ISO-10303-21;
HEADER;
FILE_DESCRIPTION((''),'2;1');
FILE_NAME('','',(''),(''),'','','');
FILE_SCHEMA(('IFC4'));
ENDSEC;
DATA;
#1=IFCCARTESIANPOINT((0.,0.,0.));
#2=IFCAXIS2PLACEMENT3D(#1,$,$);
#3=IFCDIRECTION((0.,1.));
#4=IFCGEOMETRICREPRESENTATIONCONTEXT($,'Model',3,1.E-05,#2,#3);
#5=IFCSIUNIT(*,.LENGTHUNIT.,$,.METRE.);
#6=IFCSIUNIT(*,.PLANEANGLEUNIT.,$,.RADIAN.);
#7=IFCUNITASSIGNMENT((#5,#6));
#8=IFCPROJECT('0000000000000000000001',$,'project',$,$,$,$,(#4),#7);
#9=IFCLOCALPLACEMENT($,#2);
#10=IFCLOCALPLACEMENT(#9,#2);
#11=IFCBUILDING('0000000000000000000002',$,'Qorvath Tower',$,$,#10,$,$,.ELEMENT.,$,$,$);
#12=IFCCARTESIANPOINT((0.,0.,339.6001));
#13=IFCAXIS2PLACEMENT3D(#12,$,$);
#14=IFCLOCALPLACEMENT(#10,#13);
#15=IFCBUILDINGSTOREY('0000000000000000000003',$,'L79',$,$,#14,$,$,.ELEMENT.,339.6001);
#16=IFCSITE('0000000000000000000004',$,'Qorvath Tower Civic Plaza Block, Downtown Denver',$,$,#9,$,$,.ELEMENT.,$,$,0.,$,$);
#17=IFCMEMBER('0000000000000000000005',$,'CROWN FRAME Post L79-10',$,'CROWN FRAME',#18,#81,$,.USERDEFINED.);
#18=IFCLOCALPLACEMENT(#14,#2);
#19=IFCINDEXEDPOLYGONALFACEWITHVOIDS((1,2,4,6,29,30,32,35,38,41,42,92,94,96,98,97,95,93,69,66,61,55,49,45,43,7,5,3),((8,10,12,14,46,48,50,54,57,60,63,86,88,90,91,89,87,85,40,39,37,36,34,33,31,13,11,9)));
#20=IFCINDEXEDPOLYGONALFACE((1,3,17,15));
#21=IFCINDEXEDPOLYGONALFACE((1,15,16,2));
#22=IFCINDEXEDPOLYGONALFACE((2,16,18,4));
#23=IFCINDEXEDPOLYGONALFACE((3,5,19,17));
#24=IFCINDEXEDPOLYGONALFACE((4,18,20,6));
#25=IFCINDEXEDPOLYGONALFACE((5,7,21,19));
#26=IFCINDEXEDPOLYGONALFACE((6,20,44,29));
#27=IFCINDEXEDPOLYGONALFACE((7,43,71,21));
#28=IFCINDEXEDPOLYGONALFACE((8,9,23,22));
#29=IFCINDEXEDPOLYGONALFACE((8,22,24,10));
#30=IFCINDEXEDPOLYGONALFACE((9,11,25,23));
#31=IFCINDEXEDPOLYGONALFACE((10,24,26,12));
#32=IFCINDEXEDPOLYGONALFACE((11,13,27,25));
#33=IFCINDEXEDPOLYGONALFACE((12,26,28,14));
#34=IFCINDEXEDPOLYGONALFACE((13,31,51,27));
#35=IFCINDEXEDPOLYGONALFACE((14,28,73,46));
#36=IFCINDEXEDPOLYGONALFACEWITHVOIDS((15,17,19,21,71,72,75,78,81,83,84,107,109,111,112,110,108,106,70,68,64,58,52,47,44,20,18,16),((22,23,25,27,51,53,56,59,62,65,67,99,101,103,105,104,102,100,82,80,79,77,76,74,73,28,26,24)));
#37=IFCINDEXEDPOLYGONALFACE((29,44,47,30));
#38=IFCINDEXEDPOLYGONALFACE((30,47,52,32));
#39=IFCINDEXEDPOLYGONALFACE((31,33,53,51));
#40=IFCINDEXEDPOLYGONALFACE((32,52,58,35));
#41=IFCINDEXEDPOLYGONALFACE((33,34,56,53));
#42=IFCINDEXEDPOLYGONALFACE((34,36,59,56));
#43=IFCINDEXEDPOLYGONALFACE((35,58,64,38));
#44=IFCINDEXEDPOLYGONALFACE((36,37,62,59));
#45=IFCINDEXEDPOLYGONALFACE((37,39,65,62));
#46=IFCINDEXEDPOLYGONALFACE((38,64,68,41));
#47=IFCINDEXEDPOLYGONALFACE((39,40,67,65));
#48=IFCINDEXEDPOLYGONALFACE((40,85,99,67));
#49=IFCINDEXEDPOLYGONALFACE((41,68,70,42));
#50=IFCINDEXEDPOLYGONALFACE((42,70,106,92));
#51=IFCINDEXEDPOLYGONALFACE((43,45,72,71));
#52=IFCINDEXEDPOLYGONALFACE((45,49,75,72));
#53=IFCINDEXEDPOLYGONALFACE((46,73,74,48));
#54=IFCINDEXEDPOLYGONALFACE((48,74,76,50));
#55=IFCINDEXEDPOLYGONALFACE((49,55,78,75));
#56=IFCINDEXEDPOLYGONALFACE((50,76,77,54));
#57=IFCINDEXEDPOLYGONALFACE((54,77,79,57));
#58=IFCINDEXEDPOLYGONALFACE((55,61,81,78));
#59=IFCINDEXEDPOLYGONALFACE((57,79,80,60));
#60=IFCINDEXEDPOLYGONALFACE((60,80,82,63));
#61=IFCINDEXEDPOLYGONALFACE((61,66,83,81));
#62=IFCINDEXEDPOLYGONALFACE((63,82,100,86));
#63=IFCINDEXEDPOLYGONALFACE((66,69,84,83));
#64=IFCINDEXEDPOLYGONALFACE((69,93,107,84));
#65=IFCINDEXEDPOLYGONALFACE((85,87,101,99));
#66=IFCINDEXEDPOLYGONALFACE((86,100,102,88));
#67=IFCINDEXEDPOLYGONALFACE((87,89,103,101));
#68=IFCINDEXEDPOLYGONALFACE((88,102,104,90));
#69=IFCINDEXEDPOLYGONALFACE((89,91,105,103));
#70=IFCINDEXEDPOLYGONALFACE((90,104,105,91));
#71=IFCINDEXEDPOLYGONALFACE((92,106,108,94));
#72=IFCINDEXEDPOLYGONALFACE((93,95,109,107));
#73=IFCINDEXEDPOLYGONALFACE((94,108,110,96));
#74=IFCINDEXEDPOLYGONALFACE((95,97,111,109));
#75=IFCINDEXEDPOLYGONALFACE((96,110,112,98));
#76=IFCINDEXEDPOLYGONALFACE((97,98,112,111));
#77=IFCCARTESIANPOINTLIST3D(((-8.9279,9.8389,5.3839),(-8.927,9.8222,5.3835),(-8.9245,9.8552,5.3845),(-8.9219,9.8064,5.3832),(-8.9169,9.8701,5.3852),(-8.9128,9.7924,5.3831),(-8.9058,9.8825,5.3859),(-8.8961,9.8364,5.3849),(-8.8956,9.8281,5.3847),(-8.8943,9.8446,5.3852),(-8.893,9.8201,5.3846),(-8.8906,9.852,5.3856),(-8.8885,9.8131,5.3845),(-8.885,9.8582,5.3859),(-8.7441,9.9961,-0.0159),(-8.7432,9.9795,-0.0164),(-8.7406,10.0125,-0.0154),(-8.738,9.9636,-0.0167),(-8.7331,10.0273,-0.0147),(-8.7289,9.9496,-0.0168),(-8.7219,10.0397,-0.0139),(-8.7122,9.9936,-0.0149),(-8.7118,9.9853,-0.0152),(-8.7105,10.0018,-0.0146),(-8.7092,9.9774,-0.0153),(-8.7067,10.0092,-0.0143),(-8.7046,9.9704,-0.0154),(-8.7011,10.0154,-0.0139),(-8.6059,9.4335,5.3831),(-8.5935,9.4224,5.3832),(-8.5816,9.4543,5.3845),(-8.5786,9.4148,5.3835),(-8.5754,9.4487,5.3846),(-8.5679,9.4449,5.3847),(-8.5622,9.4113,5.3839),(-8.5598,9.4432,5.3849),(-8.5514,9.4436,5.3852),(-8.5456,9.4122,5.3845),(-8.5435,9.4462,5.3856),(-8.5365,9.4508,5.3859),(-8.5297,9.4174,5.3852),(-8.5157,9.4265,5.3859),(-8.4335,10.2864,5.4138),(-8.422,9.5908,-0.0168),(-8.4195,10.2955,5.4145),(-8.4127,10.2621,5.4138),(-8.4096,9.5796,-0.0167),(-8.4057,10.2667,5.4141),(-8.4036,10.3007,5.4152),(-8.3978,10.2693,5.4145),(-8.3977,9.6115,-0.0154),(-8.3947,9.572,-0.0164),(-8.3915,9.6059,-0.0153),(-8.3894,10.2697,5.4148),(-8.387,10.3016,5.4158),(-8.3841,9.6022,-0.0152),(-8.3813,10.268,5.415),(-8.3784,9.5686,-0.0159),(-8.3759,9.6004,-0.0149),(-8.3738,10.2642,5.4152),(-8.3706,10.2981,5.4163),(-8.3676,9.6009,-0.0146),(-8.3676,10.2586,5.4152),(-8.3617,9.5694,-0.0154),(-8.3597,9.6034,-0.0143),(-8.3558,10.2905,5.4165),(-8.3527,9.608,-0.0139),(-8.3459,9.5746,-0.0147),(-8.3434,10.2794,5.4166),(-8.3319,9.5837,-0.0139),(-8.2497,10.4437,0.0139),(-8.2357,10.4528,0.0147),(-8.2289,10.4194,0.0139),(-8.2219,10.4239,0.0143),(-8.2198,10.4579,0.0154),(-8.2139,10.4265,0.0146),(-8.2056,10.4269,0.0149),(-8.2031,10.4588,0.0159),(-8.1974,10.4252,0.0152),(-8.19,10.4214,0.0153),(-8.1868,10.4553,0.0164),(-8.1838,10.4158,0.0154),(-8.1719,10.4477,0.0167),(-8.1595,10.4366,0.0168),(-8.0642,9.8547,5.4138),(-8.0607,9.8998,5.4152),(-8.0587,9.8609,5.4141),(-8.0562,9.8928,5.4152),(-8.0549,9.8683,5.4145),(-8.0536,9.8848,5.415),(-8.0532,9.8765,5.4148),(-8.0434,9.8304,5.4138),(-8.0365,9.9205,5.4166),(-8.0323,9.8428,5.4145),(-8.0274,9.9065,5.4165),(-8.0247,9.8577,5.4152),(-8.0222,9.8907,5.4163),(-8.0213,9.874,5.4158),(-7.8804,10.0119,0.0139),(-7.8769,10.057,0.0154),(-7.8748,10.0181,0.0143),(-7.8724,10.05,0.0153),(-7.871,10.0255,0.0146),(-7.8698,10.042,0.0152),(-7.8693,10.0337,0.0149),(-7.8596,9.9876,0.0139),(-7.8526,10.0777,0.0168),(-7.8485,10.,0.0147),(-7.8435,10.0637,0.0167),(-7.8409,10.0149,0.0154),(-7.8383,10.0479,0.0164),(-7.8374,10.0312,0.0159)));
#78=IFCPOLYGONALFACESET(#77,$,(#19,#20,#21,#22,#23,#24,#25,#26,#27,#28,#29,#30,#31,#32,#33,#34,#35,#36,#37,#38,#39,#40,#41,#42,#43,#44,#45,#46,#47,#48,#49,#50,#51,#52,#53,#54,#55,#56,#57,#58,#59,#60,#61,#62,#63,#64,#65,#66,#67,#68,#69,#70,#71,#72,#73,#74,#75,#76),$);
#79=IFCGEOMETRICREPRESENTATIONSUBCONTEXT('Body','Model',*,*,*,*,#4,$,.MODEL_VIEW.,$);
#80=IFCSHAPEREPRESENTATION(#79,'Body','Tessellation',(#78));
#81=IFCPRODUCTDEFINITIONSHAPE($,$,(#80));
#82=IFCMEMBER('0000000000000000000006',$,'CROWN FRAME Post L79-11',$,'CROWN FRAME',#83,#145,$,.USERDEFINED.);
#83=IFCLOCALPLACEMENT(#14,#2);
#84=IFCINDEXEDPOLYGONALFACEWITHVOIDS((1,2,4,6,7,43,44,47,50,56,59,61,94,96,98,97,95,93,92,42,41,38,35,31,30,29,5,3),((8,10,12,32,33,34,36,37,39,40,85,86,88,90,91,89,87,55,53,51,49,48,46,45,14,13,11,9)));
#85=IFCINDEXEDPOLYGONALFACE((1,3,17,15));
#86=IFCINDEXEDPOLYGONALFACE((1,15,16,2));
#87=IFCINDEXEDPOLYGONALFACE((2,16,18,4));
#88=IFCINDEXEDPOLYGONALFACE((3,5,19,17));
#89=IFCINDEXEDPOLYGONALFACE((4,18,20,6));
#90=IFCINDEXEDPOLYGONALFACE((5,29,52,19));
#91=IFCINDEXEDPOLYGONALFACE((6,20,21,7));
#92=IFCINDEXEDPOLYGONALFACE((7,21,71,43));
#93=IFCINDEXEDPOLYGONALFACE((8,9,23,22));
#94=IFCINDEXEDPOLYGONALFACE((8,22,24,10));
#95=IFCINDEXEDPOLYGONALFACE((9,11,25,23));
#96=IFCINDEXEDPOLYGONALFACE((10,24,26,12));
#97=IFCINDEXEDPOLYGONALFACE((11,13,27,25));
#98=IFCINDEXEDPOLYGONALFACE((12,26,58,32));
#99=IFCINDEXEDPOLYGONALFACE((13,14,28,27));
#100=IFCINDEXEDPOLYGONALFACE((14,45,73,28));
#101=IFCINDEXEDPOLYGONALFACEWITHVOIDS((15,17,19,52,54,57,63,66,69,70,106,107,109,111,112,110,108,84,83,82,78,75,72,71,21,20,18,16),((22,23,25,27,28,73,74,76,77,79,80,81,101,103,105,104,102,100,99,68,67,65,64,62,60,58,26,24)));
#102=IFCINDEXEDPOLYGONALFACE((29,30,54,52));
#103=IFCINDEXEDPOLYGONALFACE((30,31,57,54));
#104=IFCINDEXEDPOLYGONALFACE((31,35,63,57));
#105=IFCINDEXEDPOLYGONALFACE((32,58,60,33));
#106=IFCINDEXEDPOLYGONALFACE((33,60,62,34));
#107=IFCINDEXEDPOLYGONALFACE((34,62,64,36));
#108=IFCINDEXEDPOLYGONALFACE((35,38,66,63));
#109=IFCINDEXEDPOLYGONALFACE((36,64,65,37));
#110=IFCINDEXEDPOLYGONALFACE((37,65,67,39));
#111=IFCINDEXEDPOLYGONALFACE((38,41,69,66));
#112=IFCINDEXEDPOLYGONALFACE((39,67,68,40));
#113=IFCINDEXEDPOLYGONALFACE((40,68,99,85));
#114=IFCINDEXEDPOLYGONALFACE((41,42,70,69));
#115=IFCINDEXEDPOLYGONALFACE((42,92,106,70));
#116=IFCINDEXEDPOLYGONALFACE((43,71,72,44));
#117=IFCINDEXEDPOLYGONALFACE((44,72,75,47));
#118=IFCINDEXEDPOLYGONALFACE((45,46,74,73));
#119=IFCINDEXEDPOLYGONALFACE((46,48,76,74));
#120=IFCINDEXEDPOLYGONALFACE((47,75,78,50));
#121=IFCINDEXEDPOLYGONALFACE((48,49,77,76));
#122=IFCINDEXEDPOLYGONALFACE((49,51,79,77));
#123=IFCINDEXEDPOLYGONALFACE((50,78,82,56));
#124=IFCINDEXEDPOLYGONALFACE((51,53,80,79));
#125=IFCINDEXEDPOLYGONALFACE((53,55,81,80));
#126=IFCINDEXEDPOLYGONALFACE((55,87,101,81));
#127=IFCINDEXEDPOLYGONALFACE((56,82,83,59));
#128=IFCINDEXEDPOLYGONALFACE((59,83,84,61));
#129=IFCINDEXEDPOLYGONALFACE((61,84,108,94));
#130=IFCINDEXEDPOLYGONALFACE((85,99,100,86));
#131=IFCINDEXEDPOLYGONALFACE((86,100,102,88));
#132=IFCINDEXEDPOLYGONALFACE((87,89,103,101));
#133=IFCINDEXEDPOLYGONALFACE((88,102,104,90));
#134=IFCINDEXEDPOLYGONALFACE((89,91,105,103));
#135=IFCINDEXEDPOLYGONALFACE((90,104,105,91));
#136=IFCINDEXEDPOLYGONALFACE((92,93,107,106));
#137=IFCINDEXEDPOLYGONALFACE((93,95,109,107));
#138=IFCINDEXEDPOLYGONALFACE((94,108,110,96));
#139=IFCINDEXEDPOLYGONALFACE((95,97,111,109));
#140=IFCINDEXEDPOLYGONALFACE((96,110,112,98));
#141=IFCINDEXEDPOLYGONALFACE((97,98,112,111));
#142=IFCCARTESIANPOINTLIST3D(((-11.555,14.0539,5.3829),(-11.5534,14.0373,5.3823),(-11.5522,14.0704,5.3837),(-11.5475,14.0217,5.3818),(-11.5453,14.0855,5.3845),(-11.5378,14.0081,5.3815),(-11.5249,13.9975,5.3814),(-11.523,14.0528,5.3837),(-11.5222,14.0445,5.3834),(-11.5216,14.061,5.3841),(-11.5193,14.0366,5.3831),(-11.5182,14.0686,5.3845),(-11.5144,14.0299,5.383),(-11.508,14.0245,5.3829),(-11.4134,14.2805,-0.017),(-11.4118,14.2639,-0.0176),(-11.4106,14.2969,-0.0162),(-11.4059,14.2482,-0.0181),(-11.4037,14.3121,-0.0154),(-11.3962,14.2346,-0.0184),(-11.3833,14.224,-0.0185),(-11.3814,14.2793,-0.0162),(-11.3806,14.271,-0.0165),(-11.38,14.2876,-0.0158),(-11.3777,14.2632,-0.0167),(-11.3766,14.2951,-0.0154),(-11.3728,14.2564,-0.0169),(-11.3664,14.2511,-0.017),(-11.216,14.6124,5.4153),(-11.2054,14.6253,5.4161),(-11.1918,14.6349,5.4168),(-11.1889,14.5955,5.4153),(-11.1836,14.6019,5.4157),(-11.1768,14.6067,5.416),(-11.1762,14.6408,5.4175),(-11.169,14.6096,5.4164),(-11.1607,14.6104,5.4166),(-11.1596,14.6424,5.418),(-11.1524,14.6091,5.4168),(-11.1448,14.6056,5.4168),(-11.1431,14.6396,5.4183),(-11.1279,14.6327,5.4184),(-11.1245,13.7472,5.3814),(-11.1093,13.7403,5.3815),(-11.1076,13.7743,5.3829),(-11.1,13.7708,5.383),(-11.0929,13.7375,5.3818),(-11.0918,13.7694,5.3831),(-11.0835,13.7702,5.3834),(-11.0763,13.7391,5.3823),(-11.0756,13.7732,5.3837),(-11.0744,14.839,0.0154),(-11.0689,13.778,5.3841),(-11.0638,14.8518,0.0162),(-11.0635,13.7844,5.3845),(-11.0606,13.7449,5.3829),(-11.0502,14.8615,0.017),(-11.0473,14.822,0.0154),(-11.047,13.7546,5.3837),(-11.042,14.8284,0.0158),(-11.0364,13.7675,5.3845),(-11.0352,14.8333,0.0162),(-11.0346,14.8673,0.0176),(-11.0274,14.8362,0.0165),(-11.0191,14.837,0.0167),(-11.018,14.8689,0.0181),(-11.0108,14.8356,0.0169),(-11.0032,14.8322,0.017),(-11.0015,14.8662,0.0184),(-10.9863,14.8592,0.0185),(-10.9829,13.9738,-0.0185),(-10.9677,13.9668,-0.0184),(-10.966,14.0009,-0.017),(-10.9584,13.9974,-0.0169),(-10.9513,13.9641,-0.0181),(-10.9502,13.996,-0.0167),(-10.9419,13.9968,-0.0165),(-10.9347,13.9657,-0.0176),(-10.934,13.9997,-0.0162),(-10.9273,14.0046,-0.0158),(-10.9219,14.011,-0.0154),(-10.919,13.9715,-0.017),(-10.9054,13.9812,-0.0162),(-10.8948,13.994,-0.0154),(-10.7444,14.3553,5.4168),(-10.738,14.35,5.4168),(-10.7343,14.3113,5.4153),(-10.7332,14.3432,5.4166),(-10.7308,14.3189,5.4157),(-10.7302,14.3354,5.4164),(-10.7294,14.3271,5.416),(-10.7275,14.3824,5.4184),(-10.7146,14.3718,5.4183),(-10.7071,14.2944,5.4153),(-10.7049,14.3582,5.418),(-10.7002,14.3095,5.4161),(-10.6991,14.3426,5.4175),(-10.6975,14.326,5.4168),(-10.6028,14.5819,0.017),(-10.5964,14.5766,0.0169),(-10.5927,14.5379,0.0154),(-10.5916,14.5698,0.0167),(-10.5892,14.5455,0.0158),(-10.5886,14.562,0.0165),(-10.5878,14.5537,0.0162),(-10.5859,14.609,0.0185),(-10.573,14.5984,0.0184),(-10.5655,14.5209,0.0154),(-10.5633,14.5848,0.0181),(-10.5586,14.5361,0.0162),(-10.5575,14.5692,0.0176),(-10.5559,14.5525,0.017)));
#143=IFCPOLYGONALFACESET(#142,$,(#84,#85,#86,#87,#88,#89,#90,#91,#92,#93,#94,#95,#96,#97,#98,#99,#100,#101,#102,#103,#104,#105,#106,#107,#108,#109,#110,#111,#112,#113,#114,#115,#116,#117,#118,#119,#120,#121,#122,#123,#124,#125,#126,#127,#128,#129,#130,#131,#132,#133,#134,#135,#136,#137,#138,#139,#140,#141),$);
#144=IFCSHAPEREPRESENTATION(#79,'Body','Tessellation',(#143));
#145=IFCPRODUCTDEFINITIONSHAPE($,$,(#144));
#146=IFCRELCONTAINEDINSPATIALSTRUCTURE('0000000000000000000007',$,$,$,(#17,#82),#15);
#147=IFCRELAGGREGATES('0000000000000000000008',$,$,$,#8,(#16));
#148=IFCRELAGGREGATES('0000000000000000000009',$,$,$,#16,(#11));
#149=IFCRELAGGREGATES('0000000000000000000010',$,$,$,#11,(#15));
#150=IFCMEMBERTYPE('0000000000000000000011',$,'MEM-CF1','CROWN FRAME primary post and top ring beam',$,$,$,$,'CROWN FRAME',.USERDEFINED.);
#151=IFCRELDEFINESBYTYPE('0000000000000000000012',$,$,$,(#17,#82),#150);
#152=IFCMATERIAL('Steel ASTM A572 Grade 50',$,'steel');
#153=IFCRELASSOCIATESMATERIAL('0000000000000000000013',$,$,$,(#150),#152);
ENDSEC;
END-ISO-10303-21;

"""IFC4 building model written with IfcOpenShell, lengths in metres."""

from ifc_helpers import new_model, si_unit, direction, frame, origin, origin_2d, place, context, subcontext, project, spatial, hollow_rectangle, extrude, material, material_profile, profile_set, type_object, element, save


model = new_model("IFC4")

# Units and contexts
model_context = context("Model", 3, precision=1e-05, world=origin(), true_north=direction((0.0, 1.0)))
body_context = subcontext(model_context, "Body", "Model", "MODEL_VIEW")
ifc_project = project(units=[si_unit("LENGTHUNIT", "METRE"), si_unit("PLANEANGLEUNIT", "RADIAN")], contexts=[model_context])

# Site, building, storey
site_placement = place(None, origin())
site = spatial("IfcSite", under=ifc_project, at=site_placement, Name="Qorvath Tower Civic Plaza Block, Downtown Denver", CompositionType="ELEMENT", RefElevation=0.0)
building_placement = place(site_placement, origin())
building = spatial("IfcBuilding", under=site, at=building_placement, Name="Qorvath Tower", CompositionType="ELEMENT")
storey_placement = place(building_placement, frame((0.0, 0.0, 339.6001)))
storey = spatial("IfcBuildingStorey", under=building, at=storey_placement, Name="L79", CompositionType="ELEMENT", Elevation=339.6001)

# Members
ifc_material_1 = material(Name="Steel ASTM A572 Grade 50", Category="steel")
ifc_material_profile_1 = material_profile(ifc_material_1, hollow_rectangle(XDim=0.6001, YDim=0.75, WallThickness=0.032, InnerFilletRadius=0.032, OuterFilletRadius=0.064, at=origin_2d()), Name="CROWN BOX 750x600x32")
ifc_profile_set_1 = profile_set([ifc_material_profile_1], Name="Steel ASTM A572 Grade 50")
member_type_1 = type_object("IfcMemberType", Name="MEM-CF1", Description="CROWN FRAME primary post and top ring beam", ElementType="CROWN FRAME", PredefinedType="USERDEFINED", material=ifc_profile_set_1)
member_1_placement = place(storey_placement, frame((-8.2908, 10.0137, 0.0), z_axis=(-0.034011, -0.029087, 0.998998), x_axis=(0.64996, -0.759969, 0.0)))
element("IfcMember", 1, at=member_1_placement, inside=storey, type_object=member_type_1, Name="CROWN FRAME Post L79-10", ObjectType="CROWN FRAME", PredefinedType="USERDEFINED", context=body_context, shape_type="SweptSolid", body=[
    extrude(hollow_rectangle(XDim=0.6001, YDim=0.75, WallThickness=0.032, InnerFilletRadius=0.032, OuterFilletRadius=0.064, at=origin_2d()), origin(), (0.0, 0.0, 1.0), 5.4053),
])
member_2_placement = place(storey_placement, frame((-10.9846, 14.4165, 0.0), z_axis=(-0.026191, -0.041906, 0.998778), x_axis=(0.847998, -0.529999, 0.0)))
element("IfcMember", 2, at=member_2_placement, inside=storey, type_object=member_type_1, Name="CROWN FRAME Post L79-11", ObjectType="CROWN FRAME", PredefinedType="USERDEFINED", context=body_context, shape_type="SweptSolid", body=[
    extrude(hollow_rectangle(XDim=0.6001, YDim=0.75, WallThickness=0.032, InnerFilletRadius=0.032, OuterFilletRadius=0.064, at=origin_2d()), origin(), (0.0, 0.0, 1.0), 5.4065),
])

save(model, "model.ifc")
